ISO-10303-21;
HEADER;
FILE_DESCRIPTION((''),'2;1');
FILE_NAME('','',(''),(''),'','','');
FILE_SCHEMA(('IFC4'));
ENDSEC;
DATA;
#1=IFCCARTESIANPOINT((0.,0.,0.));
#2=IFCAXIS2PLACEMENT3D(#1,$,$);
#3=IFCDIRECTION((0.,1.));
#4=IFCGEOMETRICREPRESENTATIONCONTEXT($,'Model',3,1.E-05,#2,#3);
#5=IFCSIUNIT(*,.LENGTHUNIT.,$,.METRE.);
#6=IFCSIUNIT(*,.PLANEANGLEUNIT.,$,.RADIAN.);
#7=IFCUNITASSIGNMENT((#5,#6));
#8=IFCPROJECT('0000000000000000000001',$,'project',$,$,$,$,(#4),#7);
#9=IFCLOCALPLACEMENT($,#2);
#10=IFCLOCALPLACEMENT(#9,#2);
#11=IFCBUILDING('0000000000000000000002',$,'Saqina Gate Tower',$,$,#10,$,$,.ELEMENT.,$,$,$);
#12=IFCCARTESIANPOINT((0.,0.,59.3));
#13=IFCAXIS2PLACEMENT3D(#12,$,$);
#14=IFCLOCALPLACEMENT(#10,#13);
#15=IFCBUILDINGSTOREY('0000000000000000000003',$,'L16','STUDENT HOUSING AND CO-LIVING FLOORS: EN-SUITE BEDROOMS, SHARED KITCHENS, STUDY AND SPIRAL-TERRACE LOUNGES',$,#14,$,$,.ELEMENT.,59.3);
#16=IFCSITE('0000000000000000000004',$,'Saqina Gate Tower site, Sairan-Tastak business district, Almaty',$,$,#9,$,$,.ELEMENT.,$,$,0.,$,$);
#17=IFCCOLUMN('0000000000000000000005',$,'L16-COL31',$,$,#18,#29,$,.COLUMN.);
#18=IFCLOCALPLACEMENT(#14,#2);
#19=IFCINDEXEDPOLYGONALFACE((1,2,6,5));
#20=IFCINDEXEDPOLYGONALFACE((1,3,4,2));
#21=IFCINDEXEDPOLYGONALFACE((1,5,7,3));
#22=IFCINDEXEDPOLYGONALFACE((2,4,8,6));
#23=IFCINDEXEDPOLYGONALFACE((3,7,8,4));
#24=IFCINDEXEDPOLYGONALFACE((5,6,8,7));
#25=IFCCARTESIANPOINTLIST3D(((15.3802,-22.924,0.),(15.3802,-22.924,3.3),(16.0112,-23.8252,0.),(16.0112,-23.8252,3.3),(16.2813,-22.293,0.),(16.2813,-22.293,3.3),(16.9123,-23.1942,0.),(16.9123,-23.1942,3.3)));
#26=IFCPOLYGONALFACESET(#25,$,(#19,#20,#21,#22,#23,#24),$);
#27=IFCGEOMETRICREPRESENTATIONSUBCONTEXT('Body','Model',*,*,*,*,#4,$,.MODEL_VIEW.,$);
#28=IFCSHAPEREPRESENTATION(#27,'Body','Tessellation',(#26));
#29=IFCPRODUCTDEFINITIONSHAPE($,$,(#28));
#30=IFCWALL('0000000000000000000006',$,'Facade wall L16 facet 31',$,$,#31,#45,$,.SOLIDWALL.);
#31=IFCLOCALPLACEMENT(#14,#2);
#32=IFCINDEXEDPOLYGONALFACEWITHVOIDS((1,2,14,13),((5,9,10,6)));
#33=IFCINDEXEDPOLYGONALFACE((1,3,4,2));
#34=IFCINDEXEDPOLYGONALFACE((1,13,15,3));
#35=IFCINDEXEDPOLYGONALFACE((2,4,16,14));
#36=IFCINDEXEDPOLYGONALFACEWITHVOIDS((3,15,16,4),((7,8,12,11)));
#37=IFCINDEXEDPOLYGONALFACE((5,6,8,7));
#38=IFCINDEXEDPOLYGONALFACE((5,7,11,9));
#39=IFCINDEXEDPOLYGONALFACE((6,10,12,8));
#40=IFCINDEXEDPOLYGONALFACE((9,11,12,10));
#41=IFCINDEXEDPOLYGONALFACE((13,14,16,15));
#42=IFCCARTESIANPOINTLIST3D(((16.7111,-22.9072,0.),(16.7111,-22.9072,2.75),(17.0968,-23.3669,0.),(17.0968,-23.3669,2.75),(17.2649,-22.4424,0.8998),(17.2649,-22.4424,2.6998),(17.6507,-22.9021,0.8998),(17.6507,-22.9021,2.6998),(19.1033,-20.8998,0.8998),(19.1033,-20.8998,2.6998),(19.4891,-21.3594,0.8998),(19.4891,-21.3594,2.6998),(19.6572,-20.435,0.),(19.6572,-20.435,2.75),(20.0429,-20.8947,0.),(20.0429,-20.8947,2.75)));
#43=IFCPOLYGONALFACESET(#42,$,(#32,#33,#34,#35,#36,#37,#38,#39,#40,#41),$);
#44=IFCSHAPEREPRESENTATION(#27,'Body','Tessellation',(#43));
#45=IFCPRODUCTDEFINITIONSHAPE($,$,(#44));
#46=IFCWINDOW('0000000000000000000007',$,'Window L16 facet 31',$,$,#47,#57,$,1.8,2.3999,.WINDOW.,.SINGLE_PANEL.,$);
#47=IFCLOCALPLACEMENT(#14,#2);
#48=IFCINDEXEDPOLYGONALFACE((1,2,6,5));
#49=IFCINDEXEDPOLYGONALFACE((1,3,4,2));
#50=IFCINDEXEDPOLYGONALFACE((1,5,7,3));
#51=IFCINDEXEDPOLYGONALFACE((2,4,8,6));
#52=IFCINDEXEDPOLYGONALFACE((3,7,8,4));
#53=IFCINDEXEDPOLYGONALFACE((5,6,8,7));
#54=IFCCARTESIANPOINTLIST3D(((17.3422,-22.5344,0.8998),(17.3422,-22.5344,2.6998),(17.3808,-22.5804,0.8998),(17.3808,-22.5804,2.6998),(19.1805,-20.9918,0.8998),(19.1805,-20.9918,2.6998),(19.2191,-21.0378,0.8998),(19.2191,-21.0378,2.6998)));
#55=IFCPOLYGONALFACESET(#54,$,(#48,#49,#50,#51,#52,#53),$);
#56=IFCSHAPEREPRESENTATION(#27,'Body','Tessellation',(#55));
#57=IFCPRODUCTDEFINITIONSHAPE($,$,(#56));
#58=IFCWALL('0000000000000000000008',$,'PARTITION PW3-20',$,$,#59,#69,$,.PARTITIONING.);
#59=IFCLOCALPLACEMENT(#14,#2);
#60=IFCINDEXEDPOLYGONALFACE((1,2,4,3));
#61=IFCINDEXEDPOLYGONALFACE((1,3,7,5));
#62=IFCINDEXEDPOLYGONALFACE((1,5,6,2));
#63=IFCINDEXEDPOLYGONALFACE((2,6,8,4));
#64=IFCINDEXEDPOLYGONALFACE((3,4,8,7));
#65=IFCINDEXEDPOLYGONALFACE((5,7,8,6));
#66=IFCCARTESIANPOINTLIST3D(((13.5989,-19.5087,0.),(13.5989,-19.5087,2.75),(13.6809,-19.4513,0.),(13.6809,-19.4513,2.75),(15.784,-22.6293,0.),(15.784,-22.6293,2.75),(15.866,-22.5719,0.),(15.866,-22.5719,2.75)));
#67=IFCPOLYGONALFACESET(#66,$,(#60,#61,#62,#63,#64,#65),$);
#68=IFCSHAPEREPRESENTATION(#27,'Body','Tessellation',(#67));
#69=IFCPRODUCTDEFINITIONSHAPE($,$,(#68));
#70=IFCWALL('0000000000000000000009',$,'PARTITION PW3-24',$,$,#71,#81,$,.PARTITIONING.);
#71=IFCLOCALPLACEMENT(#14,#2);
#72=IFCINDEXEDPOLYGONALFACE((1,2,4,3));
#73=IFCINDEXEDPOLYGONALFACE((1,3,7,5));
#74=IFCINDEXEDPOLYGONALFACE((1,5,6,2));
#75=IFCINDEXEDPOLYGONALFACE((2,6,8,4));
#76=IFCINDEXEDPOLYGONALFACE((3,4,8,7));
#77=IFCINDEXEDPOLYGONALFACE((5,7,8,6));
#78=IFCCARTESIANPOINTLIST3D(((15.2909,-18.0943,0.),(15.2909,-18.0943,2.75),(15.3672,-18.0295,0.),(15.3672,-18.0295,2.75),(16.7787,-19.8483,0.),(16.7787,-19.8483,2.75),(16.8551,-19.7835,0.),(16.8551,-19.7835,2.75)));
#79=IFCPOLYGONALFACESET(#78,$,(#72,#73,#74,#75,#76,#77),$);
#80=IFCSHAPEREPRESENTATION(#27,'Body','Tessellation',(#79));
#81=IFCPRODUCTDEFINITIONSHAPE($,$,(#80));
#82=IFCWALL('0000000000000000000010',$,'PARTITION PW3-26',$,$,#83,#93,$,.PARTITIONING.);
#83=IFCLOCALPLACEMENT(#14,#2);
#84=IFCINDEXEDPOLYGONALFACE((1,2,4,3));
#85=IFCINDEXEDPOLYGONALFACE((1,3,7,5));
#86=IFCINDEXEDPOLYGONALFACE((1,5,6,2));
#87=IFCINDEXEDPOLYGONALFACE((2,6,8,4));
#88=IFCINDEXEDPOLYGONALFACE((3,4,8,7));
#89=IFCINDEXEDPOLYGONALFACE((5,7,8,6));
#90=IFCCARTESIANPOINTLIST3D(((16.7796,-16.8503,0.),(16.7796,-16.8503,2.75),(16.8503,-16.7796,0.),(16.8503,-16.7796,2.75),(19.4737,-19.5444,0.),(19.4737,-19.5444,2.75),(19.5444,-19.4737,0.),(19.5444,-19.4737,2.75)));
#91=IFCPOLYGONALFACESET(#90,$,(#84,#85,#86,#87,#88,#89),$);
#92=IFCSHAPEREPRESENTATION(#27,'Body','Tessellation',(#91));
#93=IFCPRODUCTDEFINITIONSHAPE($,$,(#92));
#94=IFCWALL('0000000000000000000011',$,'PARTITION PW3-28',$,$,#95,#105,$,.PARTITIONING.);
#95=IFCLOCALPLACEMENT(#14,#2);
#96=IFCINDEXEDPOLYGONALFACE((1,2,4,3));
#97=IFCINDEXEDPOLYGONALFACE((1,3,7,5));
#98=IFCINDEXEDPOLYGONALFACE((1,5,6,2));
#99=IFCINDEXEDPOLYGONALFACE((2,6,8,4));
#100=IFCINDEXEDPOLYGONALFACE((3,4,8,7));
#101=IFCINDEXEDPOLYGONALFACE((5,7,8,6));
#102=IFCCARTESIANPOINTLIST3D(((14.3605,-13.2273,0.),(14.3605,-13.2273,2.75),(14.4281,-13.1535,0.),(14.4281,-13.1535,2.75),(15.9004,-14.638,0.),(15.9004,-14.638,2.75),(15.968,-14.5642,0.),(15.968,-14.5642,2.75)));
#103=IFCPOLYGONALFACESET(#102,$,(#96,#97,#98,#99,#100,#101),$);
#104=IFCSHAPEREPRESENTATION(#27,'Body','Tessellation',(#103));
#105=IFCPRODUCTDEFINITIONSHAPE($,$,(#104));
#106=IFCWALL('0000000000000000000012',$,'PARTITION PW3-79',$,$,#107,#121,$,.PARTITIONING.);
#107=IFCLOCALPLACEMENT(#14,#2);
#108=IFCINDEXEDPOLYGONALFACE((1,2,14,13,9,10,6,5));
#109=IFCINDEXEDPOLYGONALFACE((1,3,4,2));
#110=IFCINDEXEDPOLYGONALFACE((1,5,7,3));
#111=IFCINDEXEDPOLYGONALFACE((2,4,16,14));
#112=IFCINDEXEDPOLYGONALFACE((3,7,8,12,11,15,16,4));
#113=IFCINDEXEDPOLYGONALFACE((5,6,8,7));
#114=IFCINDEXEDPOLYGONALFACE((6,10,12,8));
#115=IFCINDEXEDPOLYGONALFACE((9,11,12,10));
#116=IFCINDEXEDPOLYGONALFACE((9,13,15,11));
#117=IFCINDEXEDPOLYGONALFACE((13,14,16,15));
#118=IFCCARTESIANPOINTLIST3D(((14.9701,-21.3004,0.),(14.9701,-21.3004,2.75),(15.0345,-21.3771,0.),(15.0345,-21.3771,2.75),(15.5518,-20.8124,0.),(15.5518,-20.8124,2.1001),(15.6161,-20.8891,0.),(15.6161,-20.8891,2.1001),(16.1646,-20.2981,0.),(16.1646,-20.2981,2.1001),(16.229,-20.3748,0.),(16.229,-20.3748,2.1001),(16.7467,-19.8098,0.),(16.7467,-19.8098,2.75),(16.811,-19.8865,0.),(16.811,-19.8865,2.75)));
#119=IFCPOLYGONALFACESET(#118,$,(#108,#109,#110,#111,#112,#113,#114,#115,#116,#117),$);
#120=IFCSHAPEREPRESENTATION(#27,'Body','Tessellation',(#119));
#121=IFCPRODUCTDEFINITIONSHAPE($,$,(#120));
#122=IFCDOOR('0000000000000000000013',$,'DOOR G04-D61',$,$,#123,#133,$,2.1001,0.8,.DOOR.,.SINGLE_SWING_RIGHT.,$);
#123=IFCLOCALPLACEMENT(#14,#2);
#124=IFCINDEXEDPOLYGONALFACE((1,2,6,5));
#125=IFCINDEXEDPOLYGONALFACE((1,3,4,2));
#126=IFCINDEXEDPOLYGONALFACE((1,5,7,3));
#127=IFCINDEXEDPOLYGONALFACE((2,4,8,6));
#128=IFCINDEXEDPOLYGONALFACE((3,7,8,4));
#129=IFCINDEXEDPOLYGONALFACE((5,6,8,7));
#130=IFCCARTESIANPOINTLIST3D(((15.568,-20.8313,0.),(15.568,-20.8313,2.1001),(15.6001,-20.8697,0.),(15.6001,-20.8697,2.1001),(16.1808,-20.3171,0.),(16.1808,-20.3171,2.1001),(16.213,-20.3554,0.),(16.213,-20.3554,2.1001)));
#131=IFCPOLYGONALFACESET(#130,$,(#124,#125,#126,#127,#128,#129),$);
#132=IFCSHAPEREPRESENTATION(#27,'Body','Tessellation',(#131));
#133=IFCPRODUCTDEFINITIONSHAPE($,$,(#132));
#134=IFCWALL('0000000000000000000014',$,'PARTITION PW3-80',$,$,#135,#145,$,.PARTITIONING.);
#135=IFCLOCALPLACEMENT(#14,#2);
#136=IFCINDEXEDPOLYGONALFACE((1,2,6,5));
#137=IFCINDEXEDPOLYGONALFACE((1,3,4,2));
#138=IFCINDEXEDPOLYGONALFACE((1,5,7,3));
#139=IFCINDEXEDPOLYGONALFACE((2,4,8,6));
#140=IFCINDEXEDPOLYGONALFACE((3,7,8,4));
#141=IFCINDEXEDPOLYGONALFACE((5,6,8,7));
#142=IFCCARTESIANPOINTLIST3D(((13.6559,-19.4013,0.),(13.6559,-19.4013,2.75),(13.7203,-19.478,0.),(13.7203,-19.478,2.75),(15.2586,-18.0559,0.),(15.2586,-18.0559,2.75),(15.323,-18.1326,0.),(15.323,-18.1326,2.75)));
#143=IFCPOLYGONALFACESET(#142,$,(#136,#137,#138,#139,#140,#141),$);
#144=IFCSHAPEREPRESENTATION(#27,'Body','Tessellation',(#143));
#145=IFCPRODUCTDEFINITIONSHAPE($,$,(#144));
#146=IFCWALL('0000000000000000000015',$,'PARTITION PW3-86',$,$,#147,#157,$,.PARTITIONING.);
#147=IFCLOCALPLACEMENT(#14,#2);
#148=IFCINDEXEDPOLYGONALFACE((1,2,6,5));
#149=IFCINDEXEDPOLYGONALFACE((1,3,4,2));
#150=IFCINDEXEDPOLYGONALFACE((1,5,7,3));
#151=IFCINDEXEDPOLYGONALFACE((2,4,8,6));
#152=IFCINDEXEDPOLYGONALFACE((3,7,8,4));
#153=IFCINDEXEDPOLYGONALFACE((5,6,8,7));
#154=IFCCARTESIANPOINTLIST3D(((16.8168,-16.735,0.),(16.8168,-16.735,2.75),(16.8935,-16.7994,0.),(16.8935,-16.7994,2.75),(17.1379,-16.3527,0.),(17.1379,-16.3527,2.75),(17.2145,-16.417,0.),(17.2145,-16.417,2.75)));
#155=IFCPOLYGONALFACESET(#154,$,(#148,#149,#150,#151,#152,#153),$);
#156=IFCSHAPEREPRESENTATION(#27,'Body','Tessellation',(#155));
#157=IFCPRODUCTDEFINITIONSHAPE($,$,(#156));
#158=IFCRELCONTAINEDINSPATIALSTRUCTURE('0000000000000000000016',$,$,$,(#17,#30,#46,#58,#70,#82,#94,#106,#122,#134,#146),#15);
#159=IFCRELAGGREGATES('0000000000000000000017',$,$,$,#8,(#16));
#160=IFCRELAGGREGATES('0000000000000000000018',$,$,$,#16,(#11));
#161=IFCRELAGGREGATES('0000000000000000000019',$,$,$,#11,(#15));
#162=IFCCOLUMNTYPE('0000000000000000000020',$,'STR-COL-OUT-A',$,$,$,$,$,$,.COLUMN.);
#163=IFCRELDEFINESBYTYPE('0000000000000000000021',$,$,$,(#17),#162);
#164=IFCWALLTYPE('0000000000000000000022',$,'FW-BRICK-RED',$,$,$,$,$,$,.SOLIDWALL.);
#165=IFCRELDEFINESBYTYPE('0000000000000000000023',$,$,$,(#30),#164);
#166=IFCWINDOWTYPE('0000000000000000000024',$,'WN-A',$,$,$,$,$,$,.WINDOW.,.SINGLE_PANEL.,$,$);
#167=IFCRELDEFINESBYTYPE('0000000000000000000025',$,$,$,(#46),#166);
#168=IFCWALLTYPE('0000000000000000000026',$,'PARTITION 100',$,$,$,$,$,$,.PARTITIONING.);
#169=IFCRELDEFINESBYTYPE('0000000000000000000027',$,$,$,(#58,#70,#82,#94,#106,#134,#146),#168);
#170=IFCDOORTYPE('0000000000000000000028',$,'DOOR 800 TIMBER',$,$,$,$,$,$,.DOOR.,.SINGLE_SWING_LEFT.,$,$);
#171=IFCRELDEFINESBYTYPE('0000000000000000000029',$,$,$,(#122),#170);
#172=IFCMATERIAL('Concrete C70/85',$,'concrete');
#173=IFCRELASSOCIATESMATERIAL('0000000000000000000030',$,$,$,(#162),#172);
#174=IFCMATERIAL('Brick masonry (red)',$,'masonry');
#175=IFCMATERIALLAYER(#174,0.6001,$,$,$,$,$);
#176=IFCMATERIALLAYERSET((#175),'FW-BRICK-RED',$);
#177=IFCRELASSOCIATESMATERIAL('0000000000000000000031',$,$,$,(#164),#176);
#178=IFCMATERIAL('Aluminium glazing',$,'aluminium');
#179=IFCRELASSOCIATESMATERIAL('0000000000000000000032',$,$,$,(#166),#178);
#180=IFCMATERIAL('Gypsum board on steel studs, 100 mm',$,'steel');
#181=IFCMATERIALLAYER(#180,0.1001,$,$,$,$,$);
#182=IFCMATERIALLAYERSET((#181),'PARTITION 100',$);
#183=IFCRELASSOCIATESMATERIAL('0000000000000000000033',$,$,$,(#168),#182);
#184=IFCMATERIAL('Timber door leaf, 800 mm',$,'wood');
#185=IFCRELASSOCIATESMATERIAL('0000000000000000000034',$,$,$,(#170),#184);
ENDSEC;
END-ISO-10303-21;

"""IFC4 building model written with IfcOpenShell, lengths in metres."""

from ifc_helpers import new_model, si_unit, direction, frame, frame_2d, origin, origin_2d, place, context, subcontext, project, spatial, rectangle, extrude, material, layer, layer_set, material_profile, profile_set, type_object, element, fill, save


model = new_model("IFC4")

# Units and contexts
model_context = context("Model", 3, precision=1e-05, world=origin(), true_north=direction((0.0, 1.0)))
body_context = subcontext(model_context, "Body", "Model", "MODEL_VIEW")
ifc_project = project(units=[si_unit("LENGTHUNIT", "METRE"), si_unit("PLANEANGLEUNIT", "RADIAN")], contexts=[model_context])

# Site, building, storey
site_placement = place(None, origin())
site = spatial("IfcSite", under=ifc_project, at=site_placement, Name="Saqina Gate Tower site, Sairan-Tastak business district, Almaty", CompositionType="ELEMENT", RefElevation=0.0)
building_placement = place(site_placement, origin())
building = spatial("IfcBuilding", under=site, at=building_placement, Name="Saqina Gate Tower", CompositionType="ELEMENT")
storey_placement = place(building_placement, frame((0.0, 0.0, 59.3)))
storey = spatial("IfcBuildingStorey", under=building, at=storey_placement, Name="L16", Description="STUDENT HOUSING AND CO-LIVING FLOORS: EN-SUITE BEDROOMS, SHARED KITCHENS, STUDY AND SPIRAL-TERRACE LOUNGES", CompositionType="ELEMENT", Elevation=59.3)

# Column
ifc_material_1 = material(Name="Concrete C70/85", Category="concrete")
ifc_material_profile = material_profile(ifc_material_1, rectangle(XDim=1.1001, YDim=1.1001, at=origin_2d()), Name="RC 1100x1100")
ifc_profile_set = profile_set([ifc_material_profile], Name="Concrete C70/85")
column_type = type_object("IfcColumnType", Name="STR-COL-OUT-A", PredefinedType="COLUMN", material=ifc_profile_set)
column_placement = place(storey_placement, frame((16.1462, -23.0591, 0.0), z_axis=(0.0, 0.0, 1.0), x_axis=(0.573576, -0.819152, 0.0)))
element("IfcColumn", 1, at=column_placement, inside=storey, type_object=column_type, Name="L16-COL31", PredefinedType="COLUMN", context=body_context, shape_type="SweptSolid", body=[
    extrude(rectangle(XDim=1.1001, YDim=1.1001, at=origin_2d()), origin(), (0.0, 0.0, 1.0), 3.3),
])

# Wall, opening, window
ifc_material_2 = material(Name="Brick masonry (red)", Category="masonry")
ifc_layer_1 = layer(ifc_material_2, 0.6001)
ifc_layer_set_1 = layer_set([ifc_layer_1], Name="FW-BRICK-RED")
wall_type_1 = type_object("IfcWallType", Name="FW-BRICK-RED", PredefinedType="SOLIDWALL", material=ifc_layer_set_1)
wall_1_placement = place(storey_placement, frame((16.9041, -23.137, 0.0), z_axis=(0.0, 0.0, 1.0), x_axis=(0.766026, 0.642809, 0.0)))
wall_1 = element("IfcWall", 2, at=wall_1_placement, inside=storey, type_object=wall_type_1, Name="Facade wall L16 facet 31", PredefinedType="SOLIDWALL", context=body_context, shape_type="SweptSolid", body=[
    extrude(rectangle(XDim=3.8459, YDim=0.6001, at=frame_2d((1.9229, 0.0))), origin(), (0.0, 0.0, 1.0), 2.75),
])
opening_1_placement = place(wall_1_placement, frame((0.7229, 0.0, 0.8999)))
opening_1 = element("IfcOpeningElement", 3, at=opening_1_placement, cuts=wall_1, PredefinedType="OPENING", context=body_context, shape_type="SweptSolid", body=[
    extrude(rectangle(XDim=2.3999, YDim=1.8, at=frame_2d((1.2, 0.8999))), frame((0.0, 0.312, 0.0), z_axis=(0.0, -1.0, 0.0), x_axis=(1.0, 0.0, 0.0)), (0.0, 0.0, 1.0), 0.624),
])
ifc_material_3 = material(Name="Aluminium glazing", Category="aluminium")
window_type = type_object("IfcWindowType", Name="WN-A", PartitioningType="SINGLE_PANEL", PredefinedType="WINDOW", material=ifc_material_3)
window_placement = place(opening_1_placement, origin())
window = element("IfcWindow", 4, at=window_placement, inside=storey, type_object=window_type, Name="Window L16 facet 31", OverallHeight=1.8, OverallWidth=2.3999, PartitioningType="SINGLE_PANEL", PredefinedType="WINDOW", context=body_context, shape_type="SweptSolid", body=[
    extrude(rectangle(XDim=2.3999, YDim=1.8, at=frame_2d((1.2, 0.8999))), frame((0.0, 0.1799, 0.0), z_axis=(0.0, -1.0, 0.0), x_axis=(1.0, 0.0, 0.0)), (0.0, 0.0, 1.0), 0.0601),
])
fill(opening_1, window)

# Walls
ifc_material_4 = material(Name="Gypsum board on steel studs, 100 mm", Category="steel")
ifc_layer_2 = layer(ifc_material_4, 0.1001)
ifc_layer_set_2 = layer_set([ifc_layer_2], Name="PARTITION 100")
wall_type_2 = type_object("IfcWallType", Name="PARTITION 100", PredefinedType="PARTITIONING", material=ifc_layer_set_2)
wall_2_placement = place(storey_placement, frame((13.6399, -19.48, 0.0), z_axis=(0.0, 0.0, 1.0), x_axis=(0.573574, -0.819154, 0.0)))
element("IfcWall", 5, at=wall_2_placement, inside=storey, type_object=wall_type_2, Name="PARTITION PW3-20", PredefinedType="PARTITIONING", context=body_context, shape_type="SweptSolid", body=[
    extrude(rectangle(XDim=3.8096, YDim=0.1001, at=frame_2d((1.9048, 0.0))), origin(), (0.0, 0.0, 1.0), 2.75),
])
wall_3_placement = place(storey_placement, frame((15.3291, -18.062, 0.0), z_axis=(0.0, 0.0, 1.0), x_axis=(0.646884, -0.762588, 0.0)))
element("IfcWall", 6, at=wall_3_placement, inside=storey, type_object=wall_type_2, Name="PARTITION PW3-24", PredefinedType="PARTITIONING", context=body_context, shape_type="SweptSolid", body=[
    extrude(rectangle(XDim=2.3, YDim=0.1001, at=frame_2d((1.1499, 0.0))), origin(), (0.0, 0.0, 1.0), 2.75),
])
wall_4_placement = place(storey_placement, frame((16.8149, -16.8149, 0.0), z_axis=(0.0, 0.0, 1.0), x_axis=(0.707107, -0.707107, 0.0)))
element("IfcWall", 7, at=wall_4_placement, inside=storey, type_object=wall_type_2, Name="PARTITION PW3-26", PredefinedType="PARTITIONING", context=body_context, shape_type="SweptSolid", body=[
    extrude(rectangle(XDim=3.8101, YDim=0.1001, at=frame_2d((1.905, 0.0))), origin(), (0.0, 0.0, 1.0), 2.75),
])
wall_5_placement = place(storey_placement, frame((14.3943, -13.1904, 0.0), z_axis=(0.0, 0.0, 1.0), x_axis=(0.737353, -0.675508, 0.0)))
element("IfcWall", 8, at=wall_5_placement, inside=storey, type_object=wall_type_2, Name="PARTITION PW3-28", PredefinedType="PARTITIONING", context=body_context, shape_type="SweptSolid", body=[
    extrude(rectangle(XDim=2.0884, YDim=0.1001, at=frame_2d((1.0442, 0.0))), origin(), (0.0, 0.0, 1.0), 2.75),
])

# Wall, opening, door
wall_6_placement = place(storey_placement, frame((15.0022, -21.3389, 0.0), z_axis=(0.0, 0.0, 1.0), x_axis=(0.766051, 0.64278, 0.0)))
wall_6 = element("IfcWall", 9, at=wall_6_placement, inside=storey, type_object=wall_type_2, Name="PARTITION PW3-79", PredefinedType="PARTITIONING", context=body_context, shape_type="SweptSolid", body=[
    extrude(rectangle(XDim=2.3191, YDim=0.1001, at=frame_2d((1.1597, 0.0))), origin(), (0.0, 0.0, 1.0), 2.75),
])
opening_2_placement = place(wall_6_placement, frame((0.7595, 0.0, 0.0)))
opening_2 = element("IfcOpeningElement", 10, at=opening_2_placement, cuts=wall_6, PredefinedType="OPENING", context=body_context, shape_type="SweptSolid", body=[
    extrude(rectangle(XDim=0.8, YDim=2.1001, at=frame_2d((0.3999, 1.05))), frame((0.0, 0.062, 0.0), z_axis=(0.0, -1.0, 0.0), x_axis=(1.0, 0.0, 0.0)), (0.0, 0.0, 1.0), 0.124),
])
ifc_material_5 = material(Name="Timber door leaf, 800 mm", Category="wood")
door_type_1 = type_object("IfcDoorType", Name="DOOR 800 TIMBER", OperationType="SINGLE_SWING_LEFT", PredefinedType="DOOR", material=ifc_material_5)
door_1_placement = place(opening_2_placement, frame((0.8, 0.0, 0.0), z_axis=(0.0, 0.0, 1.0), x_axis=(-1.0, 0.0, 0.0)))
door_1 = element("IfcDoor", 11, at=door_1_placement, inside=storey, type_object=door_type_1, Name="DOOR G04-D61", OperationType="SINGLE_SWING_RIGHT", OverallHeight=2.1001, OverallWidth=0.8, PredefinedType="DOOR", context=body_context, shape_type="SweptSolid", body=[
    extrude(rectangle(XDim=0.8, YDim=2.1001, at=frame_2d((0.3999, 1.05))), frame((0.0, 0.0249, 0.0), z_axis=(0.0, -1.0, 0.0), x_axis=(1.0, 0.0, 0.0)), (0.0, 0.0, 1.0), 0.05),
])
fill(opening_2, door_1)

# Walls
wall_7_placement = place(storey_placement, frame((13.688, -19.4397, 0.0), z_axis=(0.0, 0.0, 1.0), x_axis=(0.765912, 0.642946, 0.0)))
element("IfcWall", 12, at=wall_7_placement, inside=storey, type_object=wall_type_2, Name="PARTITION PW3-80", PredefinedType="PARTITIONING", context=body_context, shape_type="SweptSolid", body=[
    extrude(rectangle(XDim=2.0925, YDim=0.1001, at=frame_2d((1.0464, 0.0))), origin(), (0.0, 0.0, 1.0), 2.75),
])
wall_8_placement = place(storey_placement, frame((16.8552, -16.7671, 0.0), z_axis=(0.0, 0.0, 1.0), x_axis=(0.643066, 0.765811, 0.0)))
element("IfcWall", 13, at=wall_8_placement, inside=storey, type_object=wall_type_2, Name="PARTITION PW3-86", PredefinedType="PARTITIONING", context=body_context, shape_type="SweptSolid", body=[
    extrude(rectangle(XDim=0.4993, YDim=0.1001, at=frame_2d((0.2495, 0.0))), origin(), (0.0, 0.0, 1.0), 2.75),
])

save(model, "model.ifc")
